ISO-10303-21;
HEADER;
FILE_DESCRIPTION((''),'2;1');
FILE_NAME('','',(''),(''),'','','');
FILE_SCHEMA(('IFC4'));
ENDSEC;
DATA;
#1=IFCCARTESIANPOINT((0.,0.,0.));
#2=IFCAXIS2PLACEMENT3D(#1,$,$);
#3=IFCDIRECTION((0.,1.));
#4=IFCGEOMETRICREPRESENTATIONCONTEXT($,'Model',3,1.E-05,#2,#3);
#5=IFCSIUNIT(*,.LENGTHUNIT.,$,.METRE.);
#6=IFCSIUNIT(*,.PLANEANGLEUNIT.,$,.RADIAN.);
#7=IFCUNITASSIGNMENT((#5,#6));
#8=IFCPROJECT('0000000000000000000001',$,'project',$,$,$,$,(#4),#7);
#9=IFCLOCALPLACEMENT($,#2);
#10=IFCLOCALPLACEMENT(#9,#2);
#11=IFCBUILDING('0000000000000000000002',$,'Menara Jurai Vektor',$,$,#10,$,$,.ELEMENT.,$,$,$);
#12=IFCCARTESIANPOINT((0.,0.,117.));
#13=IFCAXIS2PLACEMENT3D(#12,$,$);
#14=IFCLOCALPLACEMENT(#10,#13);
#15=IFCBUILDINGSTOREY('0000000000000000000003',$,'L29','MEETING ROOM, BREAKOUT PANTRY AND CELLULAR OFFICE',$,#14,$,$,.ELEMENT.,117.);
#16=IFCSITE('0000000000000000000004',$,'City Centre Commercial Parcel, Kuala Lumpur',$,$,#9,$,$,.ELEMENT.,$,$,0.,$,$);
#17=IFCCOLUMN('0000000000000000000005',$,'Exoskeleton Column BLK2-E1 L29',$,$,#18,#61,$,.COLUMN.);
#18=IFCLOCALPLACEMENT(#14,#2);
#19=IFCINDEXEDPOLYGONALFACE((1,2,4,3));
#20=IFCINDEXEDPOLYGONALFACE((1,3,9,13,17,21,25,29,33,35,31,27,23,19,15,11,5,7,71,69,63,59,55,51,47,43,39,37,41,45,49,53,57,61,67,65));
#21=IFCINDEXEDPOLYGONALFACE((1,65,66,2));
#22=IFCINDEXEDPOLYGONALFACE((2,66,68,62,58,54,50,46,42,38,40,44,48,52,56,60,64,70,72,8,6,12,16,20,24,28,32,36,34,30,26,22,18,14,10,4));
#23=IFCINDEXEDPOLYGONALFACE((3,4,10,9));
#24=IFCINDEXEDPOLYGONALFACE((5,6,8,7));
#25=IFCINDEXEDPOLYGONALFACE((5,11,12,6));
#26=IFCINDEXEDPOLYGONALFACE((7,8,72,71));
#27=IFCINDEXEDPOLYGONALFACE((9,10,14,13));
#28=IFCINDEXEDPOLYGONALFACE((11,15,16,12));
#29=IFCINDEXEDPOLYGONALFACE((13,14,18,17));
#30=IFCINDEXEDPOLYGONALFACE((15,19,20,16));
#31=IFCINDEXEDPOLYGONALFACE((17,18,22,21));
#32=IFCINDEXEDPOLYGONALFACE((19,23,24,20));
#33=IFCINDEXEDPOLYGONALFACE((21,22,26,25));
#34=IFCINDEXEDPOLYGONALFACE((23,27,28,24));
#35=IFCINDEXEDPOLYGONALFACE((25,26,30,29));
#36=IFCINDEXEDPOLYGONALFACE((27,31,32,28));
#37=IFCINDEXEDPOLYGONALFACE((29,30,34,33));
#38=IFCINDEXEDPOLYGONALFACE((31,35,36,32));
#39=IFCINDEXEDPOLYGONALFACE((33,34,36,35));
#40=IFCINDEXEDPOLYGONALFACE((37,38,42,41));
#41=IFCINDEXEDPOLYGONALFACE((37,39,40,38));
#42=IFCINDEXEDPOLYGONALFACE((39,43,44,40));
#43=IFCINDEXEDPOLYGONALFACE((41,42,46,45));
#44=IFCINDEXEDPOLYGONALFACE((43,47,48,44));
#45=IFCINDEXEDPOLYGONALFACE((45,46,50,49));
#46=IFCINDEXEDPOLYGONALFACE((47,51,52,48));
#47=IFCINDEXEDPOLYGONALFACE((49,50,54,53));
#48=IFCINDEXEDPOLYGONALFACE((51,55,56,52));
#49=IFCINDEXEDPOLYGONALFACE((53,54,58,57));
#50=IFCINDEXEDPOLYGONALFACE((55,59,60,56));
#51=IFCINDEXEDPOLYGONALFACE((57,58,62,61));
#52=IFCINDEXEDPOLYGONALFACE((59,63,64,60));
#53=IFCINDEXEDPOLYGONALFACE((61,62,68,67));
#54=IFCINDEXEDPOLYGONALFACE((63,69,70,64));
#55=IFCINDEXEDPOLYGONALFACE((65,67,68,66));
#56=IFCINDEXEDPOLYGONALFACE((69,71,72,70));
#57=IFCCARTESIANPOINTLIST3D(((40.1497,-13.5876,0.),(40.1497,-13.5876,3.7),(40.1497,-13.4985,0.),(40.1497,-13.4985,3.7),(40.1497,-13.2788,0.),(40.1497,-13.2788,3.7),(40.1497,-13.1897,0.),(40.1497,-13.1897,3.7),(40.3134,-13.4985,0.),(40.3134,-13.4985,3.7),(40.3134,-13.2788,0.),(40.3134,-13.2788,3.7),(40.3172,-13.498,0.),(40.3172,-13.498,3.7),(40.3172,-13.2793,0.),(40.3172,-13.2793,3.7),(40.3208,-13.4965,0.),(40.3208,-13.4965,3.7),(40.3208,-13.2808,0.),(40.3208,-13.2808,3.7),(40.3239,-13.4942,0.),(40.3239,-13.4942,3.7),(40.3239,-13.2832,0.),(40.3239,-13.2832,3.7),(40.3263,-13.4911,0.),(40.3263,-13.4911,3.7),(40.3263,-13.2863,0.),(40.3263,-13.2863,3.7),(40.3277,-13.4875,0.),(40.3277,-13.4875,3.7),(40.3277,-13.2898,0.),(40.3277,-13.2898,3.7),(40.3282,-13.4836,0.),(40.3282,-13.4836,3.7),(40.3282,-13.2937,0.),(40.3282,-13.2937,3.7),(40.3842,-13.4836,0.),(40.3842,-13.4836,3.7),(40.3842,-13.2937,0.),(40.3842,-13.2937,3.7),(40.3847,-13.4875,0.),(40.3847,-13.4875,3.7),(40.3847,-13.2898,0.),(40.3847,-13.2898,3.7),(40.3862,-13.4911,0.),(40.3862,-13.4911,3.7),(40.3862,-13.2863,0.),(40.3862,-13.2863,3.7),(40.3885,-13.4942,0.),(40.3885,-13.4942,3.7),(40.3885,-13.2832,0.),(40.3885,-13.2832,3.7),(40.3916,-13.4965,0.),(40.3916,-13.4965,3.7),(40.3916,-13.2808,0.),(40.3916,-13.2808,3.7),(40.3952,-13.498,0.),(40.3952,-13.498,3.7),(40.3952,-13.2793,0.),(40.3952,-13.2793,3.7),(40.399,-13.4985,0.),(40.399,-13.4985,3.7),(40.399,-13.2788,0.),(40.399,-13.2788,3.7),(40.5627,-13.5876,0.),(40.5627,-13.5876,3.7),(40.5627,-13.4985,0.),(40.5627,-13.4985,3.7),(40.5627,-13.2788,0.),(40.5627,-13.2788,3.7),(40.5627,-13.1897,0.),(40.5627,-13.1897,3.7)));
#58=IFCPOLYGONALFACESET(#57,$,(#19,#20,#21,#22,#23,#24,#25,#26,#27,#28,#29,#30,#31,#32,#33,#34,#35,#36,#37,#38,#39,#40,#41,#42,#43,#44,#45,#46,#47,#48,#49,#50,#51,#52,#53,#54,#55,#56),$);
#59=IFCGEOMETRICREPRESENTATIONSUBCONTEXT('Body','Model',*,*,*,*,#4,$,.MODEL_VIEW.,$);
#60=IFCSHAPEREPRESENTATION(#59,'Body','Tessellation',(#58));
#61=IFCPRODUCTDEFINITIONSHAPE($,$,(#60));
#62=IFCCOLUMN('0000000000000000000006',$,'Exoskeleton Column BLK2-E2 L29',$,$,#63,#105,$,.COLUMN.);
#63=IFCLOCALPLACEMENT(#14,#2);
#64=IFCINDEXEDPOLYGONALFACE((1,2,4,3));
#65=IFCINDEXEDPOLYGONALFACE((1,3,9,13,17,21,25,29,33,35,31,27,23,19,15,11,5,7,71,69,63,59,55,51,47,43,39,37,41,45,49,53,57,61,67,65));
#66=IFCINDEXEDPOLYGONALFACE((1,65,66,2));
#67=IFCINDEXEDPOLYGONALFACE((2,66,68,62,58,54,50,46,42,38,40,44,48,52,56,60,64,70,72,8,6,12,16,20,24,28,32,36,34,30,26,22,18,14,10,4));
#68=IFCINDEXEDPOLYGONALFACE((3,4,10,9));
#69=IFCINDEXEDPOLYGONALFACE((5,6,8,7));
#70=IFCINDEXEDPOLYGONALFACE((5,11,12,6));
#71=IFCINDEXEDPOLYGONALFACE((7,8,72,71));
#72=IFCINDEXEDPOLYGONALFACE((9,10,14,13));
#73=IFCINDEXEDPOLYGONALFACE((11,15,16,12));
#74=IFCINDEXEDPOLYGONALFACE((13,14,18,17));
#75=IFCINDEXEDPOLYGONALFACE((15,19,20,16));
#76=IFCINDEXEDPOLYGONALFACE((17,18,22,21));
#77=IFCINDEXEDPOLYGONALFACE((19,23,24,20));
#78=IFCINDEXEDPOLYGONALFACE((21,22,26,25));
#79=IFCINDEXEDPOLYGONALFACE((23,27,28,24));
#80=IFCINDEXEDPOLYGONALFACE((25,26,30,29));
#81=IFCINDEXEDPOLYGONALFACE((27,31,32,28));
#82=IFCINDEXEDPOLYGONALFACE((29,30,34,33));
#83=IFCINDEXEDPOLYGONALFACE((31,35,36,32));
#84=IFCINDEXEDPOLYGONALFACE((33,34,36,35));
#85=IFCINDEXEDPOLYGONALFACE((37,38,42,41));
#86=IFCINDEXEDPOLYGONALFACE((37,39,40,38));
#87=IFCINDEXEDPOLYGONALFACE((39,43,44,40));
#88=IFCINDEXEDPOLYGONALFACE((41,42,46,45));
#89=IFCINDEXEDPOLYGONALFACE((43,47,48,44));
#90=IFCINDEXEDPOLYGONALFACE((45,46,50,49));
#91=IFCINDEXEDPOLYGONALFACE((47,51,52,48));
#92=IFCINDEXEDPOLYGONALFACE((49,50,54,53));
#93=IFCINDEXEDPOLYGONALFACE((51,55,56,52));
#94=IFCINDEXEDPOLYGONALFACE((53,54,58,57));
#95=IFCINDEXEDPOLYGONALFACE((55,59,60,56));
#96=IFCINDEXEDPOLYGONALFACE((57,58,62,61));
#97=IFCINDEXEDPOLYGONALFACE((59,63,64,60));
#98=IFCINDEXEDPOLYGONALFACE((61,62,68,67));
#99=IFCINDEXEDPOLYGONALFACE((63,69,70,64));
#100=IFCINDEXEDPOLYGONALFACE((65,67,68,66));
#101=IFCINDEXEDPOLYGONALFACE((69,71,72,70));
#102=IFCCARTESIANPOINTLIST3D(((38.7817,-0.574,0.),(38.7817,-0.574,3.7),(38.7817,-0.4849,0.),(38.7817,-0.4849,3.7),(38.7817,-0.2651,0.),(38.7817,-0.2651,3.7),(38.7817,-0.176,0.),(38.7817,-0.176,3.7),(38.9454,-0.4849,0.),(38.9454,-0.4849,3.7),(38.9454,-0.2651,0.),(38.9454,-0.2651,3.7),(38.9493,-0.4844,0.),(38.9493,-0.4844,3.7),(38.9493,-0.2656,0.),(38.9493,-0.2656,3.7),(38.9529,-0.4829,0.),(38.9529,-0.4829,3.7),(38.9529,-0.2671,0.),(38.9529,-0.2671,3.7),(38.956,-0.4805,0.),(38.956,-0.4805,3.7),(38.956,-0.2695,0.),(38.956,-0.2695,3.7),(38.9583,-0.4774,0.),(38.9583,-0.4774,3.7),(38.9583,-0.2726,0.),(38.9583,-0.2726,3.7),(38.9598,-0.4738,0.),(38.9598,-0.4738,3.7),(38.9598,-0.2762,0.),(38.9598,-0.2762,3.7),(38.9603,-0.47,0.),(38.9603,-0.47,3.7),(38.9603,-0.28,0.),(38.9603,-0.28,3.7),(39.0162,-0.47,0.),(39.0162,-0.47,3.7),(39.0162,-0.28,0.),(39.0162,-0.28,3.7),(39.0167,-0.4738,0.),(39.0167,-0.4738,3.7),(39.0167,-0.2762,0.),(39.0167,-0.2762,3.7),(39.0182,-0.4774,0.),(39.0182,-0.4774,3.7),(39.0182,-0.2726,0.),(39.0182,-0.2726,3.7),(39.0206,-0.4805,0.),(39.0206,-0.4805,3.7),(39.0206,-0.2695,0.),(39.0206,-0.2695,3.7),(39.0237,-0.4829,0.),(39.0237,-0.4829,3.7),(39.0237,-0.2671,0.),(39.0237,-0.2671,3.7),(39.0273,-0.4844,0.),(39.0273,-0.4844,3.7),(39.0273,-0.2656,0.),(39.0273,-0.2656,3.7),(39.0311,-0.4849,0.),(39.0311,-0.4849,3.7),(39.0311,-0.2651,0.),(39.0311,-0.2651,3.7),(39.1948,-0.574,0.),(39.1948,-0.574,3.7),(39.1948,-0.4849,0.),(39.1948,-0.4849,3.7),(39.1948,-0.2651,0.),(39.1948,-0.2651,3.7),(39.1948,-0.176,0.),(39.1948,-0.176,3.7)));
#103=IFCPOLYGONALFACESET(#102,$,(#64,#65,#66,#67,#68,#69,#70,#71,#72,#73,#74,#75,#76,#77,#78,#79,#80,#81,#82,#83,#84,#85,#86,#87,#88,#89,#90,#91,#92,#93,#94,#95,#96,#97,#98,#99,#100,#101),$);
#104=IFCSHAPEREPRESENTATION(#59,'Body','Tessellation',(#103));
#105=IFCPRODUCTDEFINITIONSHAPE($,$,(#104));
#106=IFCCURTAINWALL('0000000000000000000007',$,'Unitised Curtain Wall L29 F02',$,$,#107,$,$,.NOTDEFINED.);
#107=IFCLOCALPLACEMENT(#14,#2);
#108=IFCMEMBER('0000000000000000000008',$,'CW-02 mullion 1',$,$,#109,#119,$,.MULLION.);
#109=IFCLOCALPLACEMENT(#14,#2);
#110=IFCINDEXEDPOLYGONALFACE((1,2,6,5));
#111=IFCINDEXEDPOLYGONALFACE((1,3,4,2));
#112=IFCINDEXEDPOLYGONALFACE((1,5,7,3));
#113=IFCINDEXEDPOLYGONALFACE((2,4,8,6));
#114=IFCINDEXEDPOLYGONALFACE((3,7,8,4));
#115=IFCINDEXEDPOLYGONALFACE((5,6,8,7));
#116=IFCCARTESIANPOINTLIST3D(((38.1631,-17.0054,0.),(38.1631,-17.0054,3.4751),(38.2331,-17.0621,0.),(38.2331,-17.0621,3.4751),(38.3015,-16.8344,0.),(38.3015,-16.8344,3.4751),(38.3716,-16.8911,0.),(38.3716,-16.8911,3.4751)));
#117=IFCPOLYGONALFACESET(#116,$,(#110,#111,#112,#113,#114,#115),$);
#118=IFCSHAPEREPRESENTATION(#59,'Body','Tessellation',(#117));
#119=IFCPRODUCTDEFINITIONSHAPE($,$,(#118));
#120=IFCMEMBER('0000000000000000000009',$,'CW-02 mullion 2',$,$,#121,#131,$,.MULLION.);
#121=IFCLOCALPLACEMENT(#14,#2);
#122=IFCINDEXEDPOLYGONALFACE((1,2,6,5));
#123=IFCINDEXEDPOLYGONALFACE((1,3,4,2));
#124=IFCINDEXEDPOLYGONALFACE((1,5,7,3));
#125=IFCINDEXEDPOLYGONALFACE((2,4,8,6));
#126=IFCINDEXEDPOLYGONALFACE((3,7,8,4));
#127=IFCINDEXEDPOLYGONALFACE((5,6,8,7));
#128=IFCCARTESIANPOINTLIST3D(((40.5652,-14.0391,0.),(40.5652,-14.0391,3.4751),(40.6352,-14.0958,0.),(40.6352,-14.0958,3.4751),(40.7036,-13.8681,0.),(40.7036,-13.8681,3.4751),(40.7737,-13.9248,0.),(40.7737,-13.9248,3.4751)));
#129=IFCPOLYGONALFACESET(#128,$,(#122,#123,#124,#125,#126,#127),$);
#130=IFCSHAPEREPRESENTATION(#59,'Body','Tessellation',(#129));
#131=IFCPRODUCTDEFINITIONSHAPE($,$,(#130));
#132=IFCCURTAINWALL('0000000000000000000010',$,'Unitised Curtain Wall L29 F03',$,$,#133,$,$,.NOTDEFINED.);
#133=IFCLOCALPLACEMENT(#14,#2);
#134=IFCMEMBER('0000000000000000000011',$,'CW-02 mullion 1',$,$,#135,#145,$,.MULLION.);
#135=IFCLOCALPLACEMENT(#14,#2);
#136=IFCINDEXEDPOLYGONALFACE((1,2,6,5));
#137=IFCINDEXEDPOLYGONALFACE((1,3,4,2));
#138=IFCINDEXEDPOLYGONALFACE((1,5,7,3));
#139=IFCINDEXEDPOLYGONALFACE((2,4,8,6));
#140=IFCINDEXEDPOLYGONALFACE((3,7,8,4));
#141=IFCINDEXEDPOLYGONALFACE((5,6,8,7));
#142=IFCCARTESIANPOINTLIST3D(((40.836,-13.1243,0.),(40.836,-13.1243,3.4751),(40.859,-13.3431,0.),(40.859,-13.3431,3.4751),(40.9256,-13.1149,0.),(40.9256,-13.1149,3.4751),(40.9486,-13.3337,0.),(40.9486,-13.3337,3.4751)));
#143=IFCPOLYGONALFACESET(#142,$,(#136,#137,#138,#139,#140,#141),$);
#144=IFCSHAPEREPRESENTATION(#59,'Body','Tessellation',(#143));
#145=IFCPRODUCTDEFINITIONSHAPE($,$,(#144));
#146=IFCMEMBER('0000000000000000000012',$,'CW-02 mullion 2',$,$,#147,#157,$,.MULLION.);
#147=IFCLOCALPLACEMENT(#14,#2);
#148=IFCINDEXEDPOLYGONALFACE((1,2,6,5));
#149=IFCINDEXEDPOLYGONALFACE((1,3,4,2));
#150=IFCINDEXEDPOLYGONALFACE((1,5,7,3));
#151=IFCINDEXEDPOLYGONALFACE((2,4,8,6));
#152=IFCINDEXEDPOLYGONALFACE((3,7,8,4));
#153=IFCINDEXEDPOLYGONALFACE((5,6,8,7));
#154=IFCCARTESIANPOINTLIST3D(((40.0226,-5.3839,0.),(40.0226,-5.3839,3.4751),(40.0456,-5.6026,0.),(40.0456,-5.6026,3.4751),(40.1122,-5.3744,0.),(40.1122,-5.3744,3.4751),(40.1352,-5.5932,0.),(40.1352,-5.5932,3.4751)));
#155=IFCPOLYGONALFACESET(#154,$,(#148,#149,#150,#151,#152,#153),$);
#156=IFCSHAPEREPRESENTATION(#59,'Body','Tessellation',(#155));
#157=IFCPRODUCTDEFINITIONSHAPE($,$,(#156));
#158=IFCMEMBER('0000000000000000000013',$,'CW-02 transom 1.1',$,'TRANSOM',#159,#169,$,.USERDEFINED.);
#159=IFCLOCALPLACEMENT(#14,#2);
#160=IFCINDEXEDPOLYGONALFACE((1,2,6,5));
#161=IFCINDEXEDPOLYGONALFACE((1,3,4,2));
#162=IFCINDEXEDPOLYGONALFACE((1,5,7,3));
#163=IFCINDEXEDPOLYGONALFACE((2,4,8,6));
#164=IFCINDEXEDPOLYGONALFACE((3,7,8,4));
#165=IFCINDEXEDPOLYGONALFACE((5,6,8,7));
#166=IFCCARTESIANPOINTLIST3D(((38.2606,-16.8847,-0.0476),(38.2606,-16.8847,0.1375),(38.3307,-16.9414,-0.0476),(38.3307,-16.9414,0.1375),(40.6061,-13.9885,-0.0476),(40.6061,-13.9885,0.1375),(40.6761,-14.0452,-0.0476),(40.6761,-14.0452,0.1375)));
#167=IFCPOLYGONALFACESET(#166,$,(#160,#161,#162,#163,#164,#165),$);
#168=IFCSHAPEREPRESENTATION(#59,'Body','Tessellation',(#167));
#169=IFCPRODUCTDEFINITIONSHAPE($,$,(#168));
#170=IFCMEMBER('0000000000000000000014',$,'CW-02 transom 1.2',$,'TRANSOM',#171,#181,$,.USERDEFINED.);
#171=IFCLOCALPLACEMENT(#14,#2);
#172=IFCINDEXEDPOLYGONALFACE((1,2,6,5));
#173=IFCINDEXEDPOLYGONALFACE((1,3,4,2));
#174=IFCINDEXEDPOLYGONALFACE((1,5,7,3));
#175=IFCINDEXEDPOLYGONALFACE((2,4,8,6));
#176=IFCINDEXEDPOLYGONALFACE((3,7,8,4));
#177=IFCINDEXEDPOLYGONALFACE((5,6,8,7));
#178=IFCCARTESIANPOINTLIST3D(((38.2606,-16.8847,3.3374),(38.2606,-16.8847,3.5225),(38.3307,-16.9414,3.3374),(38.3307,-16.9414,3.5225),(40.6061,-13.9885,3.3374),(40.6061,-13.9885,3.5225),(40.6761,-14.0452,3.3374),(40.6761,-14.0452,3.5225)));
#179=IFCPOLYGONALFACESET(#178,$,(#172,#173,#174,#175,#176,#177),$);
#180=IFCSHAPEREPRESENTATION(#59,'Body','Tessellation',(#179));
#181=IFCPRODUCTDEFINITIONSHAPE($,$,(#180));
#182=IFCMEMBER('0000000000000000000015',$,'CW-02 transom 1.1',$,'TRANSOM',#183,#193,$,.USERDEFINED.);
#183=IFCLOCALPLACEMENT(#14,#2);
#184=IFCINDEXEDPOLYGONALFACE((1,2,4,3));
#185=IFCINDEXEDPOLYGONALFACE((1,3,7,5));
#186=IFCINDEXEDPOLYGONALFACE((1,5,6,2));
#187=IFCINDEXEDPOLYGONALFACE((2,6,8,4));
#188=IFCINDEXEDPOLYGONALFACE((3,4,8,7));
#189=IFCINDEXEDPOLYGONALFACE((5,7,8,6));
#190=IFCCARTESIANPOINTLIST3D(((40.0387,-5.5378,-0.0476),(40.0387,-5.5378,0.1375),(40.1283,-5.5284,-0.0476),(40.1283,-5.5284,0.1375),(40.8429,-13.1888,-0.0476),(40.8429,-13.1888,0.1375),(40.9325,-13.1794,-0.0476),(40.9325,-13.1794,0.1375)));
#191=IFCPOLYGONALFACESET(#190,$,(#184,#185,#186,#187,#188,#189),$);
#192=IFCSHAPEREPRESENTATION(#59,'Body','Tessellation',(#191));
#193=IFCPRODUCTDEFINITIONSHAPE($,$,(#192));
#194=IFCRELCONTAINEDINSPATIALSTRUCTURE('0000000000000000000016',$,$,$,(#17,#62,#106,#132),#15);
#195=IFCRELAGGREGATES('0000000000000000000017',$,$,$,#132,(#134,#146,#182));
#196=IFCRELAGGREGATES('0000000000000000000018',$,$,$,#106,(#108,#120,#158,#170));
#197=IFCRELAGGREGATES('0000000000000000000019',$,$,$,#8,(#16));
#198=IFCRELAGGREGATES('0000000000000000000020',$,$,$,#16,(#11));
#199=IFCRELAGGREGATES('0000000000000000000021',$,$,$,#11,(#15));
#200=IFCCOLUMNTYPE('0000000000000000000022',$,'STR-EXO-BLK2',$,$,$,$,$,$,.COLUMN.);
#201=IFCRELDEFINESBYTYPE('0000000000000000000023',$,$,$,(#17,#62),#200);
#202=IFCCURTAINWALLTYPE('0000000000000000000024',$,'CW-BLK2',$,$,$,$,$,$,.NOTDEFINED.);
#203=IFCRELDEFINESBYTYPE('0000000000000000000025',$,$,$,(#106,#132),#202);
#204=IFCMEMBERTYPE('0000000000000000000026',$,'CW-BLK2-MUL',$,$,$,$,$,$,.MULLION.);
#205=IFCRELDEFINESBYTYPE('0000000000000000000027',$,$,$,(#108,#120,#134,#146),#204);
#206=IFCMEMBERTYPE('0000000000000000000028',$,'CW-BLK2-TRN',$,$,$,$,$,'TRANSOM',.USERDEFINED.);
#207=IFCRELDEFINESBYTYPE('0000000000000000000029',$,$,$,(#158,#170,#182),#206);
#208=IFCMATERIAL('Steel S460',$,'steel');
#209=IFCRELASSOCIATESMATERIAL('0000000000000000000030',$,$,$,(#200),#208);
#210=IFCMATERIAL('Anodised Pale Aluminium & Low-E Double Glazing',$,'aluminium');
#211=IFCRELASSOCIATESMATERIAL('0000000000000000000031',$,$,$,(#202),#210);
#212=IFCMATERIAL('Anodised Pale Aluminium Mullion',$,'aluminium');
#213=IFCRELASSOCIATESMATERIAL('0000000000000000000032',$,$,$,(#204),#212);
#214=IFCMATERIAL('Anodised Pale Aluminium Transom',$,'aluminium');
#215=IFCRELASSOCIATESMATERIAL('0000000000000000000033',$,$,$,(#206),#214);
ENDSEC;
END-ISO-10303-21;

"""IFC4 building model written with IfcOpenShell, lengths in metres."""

from ifc_helpers import new_model, si_unit, direction, frame, origin, origin_2d, place, context, subcontext, project, spatial, rectangle, i_section, extrude, material, material_profile, profile_set, type_object, element, aggregate, save


model = new_model("IFC4")

# Units and contexts
model_context = context("Model", 3, precision=1e-05, world=origin(), true_north=direction((0.0, 1.0)))
body_context = subcontext(model_context, "Body", "Model", "MODEL_VIEW")
ifc_project = project(units=[si_unit("LENGTHUNIT", "METRE"), si_unit("PLANEANGLEUNIT", "RADIAN")], contexts=[model_context])

# Site, building, storey
site_placement = place(None, origin())
site = spatial("IfcSite", under=ifc_project, at=site_placement, Name="City Centre Commercial Parcel, Kuala Lumpur", CompositionType="ELEMENT", RefElevation=0.0)
building_placement = place(site_placement, origin())
building = spatial("IfcBuilding", under=site, at=building_placement, Name="Menara Jurai Vektor", CompositionType="ELEMENT")
storey_placement = place(building_placement, frame((0.0, 0.0, 117.0)))
storey = spatial("IfcBuildingStorey", under=building, at=storey_placement, Name="L29", Description="MEETING ROOM, BREAKOUT PANTRY AND CELLULAR OFFICE", CompositionType="ELEMENT", Elevation=117.0)

# Columns
ifc_material_1 = material(Name="Steel S460", Category="steel")
ifc_material_profile_1 = material_profile(ifc_material_1, i_section(OverallWidth=0.4131, OverallDepth=0.3979, WebThickness=0.0559, FlangeThickness=0.0891, FilletRadius=0.0149, at=origin_2d()), Name="HD 400x744")
ifc_profile_set_1 = profile_set([ifc_material_profile_1], Name="Steel S460")
column_type = type_object("IfcColumnType", Name="STR-EXO-BLK2", PredefinedType="COLUMN", material=ifc_profile_set_1)
for number, where, z_axis, x_axis, name in (
    (1, (40.3562, -13.3887, 0.0), (0.0, 0.0, 1.0), (1.0, 0.0, 0.0), "Exoskeleton Column BLK2-E1 L29"),
    (2, (38.9883, -0.375, 0.0), (0.0, 0.0, 1.0), (1.0, 0.0, 0.0), "Exoskeleton Column BLK2-E2 L29"),
):
    element("IfcColumn", number, at=place(storey_placement, frame(where, z_axis=z_axis, x_axis=x_axis)), inside=storey, type_object=column_type, Name=name, PredefinedType="COLUMN", context=body_context, shape_type="SweptSolid", body=[
        extrude(i_section(OverallWidth=0.4131, OverallDepth=0.3979, WebThickness=0.0559, FlangeThickness=0.0891, FilletRadius=0.0149, at=origin_2d()), origin(), (0.0, 0.0, 1.0), 3.7),
    ])

# Curtain walls, members
ifc_material_2 = material(Name="Anodised Pale Aluminium & Low-E Double Glazing", Category="aluminium")
curtain_wall_type = type_object("IfcCurtainWallType", Name="CW-BLK2", PredefinedType="NOTDEFINED", material=ifc_material_2)
curtain_wall_1_placement = place(storey_placement, origin())
curtain_wall_1 = element("IfcCurtainWall", 3, at=curtain_wall_1_placement, inside=storey, type_object=curtain_wall_type, Name="Unitised Curtain Wall L29 F02", PredefinedType="NOTDEFINED")
ifc_material_3 = material(Name="Anodised Pale Aluminium Mullion", Category="aluminium")
ifc_material_profile_2 = material_profile(ifc_material_3, rectangle(XDim=0.0901, YDim=0.22, at=origin_2d()), Name="ALU MUL 90x220")
ifc_profile_set_2 = profile_set([ifc_material_profile_2], Name="Anodised Pale Aluminium Mullion")
member_type_1 = type_object("IfcMemberType", Name="CW-BLK2-MUL", PredefinedType="MULLION", material=ifc_profile_set_2)
member_1_placement = place(storey_placement, frame((38.2673, -16.9482, 0.0), z_axis=(0.0, 0.0, 1.0), x_axis=(-0.777129, 0.629341, 0.0)))
member_1 = element("IfcMember", 4, at=member_1_placement, type_object=member_type_1, Name="CW-02 mullion 1", PredefinedType="MULLION", context=body_context, shape_type="SweptSolid", body=[
    extrude(rectangle(XDim=0.0901, YDim=0.22, at=origin_2d()), origin(), (0.0, 0.0, 1.0), 3.4751),
])
member_2_placement = place(storey_placement, frame((40.6694, -13.9819, 0.0), z_axis=(0.0, 0.0, 1.0), x_axis=(-0.777129, 0.629341, 0.0)))
member_2 = element("IfcMember", 5, at=member_2_placement, type_object=member_type_1, Name="CW-02 mullion 2", PredefinedType="MULLION", context=body_context, shape_type="SweptSolid", body=[
    extrude(rectangle(XDim=0.0901, YDim=0.22, at=origin_2d()), origin(), (0.0, 0.0, 1.0), 3.4751),
])
curtain_wall_2_placement = place(storey_placement, origin())
curtain_wall_2 = element("IfcCurtainWall", 6, at=curtain_wall_2_placement, inside=storey, type_object=curtain_wall_type, Name="Unitised Curtain Wall L29 F03", PredefinedType="NOTDEFINED")
member_3_placement = place(storey_placement, frame((40.8923, -13.229, 0.0), z_axis=(0.0, 0.0, 1.0), x_axis=(-0.994522, -0.10453, 0.0)))
member_3 = element("IfcMember", 7, at=member_3_placement, type_object=member_type_1, Name="CW-02 mullion 1", PredefinedType="MULLION", context=body_context, shape_type="SweptSolid", body=[
    extrude(rectangle(XDim=0.0901, YDim=0.22, at=origin_2d()), origin(), (0.0, 0.0, 1.0), 3.4751),
])
member_4_placement = place(storey_placement, frame((40.0789, -5.4885, 0.0), z_axis=(0.0, 0.0, 1.0), x_axis=(-0.994522, -0.10453, 0.0)))
member_4 = element("IfcMember", 8, at=member_4_placement, type_object=member_type_1, Name="CW-02 mullion 2", PredefinedType="MULLION", context=body_context, shape_type="SweptSolid", body=[
    extrude(rectangle(XDim=0.0901, YDim=0.22, at=origin_2d()), origin(), (0.0, 0.0, 1.0), 3.4751),
])

# Members
ifc_material_4 = material(Name="Anodised Pale Aluminium Transom", Category="aluminium")
ifc_material_profile_3 = material_profile(ifc_material_4, rectangle(XDim=0.0901, YDim=0.1851, at=origin_2d()), Name="ALU TRN 90x185")
ifc_profile_set_3 = profile_set([ifc_material_profile_3], Name="Anodised Pale Aluminium Transom")
member_type_2 = type_object("IfcMemberType", Name="CW-BLK2-TRN", ElementType="TRANSOM", PredefinedType="USERDEFINED", material=ifc_profile_set_3)
member_5_placement = place(storey_placement, frame((38.2957, -16.9131, 0.0449), z_axis=(0.629341, 0.777129, 0.0), x_axis=(-0.777129, 0.629341, 0.0)))
member_5 = element("IfcMember", 9, at=member_5_placement, type_object=member_type_2, Name="CW-02 transom 1.1", ObjectType="TRANSOM", PredefinedType="USERDEFINED", context=body_context, shape_type="SweptSolid", body=[
    extrude(rectangle(XDim=0.0901, YDim=0.1851, at=origin_2d()), origin(), (0.0, 0.0, 1.0), 3.7268),
])
member_6_placement = place(storey_placement, frame((38.2957, -16.9131, 3.4299), z_axis=(0.629341, 0.777129, 0.0), x_axis=(-0.777129, 0.629341, 0.0)))
member_6 = element("IfcMember", 10, at=member_6_placement, type_object=member_type_2, Name="CW-02 transom 1.2", ObjectType="TRANSOM", PredefinedType="USERDEFINED", context=body_context, shape_type="SweptSolid", body=[
    extrude(rectangle(XDim=0.0901, YDim=0.1851, at=origin_2d()), origin(), (0.0, 0.0, 1.0), 3.7268),
])
member_7_placement = place(storey_placement, frame((40.8877, -13.1841, 0.0449), z_axis=(-0.104536, 0.994521, 0.0), x_axis=(-0.994521, -0.104536, 0.0)))
member_7 = element("IfcMember", 11, at=member_7_placement, type_object=member_type_2, Name="CW-02 transom 1.1", ObjectType="TRANSOM", PredefinedType="USERDEFINED", context=body_context, shape_type="SweptSolid", body=[
    extrude(rectangle(XDim=0.0901, YDim=0.1851, at=origin_2d()), origin(), (0.0, 0.0, 1.0), 7.6931),
])

aggregate(curtain_wall_2, [member_3, member_4, member_7])
aggregate(curtain_wall_1, [member_1, member_2, member_5, member_6])

save(model, "model.ifc")
